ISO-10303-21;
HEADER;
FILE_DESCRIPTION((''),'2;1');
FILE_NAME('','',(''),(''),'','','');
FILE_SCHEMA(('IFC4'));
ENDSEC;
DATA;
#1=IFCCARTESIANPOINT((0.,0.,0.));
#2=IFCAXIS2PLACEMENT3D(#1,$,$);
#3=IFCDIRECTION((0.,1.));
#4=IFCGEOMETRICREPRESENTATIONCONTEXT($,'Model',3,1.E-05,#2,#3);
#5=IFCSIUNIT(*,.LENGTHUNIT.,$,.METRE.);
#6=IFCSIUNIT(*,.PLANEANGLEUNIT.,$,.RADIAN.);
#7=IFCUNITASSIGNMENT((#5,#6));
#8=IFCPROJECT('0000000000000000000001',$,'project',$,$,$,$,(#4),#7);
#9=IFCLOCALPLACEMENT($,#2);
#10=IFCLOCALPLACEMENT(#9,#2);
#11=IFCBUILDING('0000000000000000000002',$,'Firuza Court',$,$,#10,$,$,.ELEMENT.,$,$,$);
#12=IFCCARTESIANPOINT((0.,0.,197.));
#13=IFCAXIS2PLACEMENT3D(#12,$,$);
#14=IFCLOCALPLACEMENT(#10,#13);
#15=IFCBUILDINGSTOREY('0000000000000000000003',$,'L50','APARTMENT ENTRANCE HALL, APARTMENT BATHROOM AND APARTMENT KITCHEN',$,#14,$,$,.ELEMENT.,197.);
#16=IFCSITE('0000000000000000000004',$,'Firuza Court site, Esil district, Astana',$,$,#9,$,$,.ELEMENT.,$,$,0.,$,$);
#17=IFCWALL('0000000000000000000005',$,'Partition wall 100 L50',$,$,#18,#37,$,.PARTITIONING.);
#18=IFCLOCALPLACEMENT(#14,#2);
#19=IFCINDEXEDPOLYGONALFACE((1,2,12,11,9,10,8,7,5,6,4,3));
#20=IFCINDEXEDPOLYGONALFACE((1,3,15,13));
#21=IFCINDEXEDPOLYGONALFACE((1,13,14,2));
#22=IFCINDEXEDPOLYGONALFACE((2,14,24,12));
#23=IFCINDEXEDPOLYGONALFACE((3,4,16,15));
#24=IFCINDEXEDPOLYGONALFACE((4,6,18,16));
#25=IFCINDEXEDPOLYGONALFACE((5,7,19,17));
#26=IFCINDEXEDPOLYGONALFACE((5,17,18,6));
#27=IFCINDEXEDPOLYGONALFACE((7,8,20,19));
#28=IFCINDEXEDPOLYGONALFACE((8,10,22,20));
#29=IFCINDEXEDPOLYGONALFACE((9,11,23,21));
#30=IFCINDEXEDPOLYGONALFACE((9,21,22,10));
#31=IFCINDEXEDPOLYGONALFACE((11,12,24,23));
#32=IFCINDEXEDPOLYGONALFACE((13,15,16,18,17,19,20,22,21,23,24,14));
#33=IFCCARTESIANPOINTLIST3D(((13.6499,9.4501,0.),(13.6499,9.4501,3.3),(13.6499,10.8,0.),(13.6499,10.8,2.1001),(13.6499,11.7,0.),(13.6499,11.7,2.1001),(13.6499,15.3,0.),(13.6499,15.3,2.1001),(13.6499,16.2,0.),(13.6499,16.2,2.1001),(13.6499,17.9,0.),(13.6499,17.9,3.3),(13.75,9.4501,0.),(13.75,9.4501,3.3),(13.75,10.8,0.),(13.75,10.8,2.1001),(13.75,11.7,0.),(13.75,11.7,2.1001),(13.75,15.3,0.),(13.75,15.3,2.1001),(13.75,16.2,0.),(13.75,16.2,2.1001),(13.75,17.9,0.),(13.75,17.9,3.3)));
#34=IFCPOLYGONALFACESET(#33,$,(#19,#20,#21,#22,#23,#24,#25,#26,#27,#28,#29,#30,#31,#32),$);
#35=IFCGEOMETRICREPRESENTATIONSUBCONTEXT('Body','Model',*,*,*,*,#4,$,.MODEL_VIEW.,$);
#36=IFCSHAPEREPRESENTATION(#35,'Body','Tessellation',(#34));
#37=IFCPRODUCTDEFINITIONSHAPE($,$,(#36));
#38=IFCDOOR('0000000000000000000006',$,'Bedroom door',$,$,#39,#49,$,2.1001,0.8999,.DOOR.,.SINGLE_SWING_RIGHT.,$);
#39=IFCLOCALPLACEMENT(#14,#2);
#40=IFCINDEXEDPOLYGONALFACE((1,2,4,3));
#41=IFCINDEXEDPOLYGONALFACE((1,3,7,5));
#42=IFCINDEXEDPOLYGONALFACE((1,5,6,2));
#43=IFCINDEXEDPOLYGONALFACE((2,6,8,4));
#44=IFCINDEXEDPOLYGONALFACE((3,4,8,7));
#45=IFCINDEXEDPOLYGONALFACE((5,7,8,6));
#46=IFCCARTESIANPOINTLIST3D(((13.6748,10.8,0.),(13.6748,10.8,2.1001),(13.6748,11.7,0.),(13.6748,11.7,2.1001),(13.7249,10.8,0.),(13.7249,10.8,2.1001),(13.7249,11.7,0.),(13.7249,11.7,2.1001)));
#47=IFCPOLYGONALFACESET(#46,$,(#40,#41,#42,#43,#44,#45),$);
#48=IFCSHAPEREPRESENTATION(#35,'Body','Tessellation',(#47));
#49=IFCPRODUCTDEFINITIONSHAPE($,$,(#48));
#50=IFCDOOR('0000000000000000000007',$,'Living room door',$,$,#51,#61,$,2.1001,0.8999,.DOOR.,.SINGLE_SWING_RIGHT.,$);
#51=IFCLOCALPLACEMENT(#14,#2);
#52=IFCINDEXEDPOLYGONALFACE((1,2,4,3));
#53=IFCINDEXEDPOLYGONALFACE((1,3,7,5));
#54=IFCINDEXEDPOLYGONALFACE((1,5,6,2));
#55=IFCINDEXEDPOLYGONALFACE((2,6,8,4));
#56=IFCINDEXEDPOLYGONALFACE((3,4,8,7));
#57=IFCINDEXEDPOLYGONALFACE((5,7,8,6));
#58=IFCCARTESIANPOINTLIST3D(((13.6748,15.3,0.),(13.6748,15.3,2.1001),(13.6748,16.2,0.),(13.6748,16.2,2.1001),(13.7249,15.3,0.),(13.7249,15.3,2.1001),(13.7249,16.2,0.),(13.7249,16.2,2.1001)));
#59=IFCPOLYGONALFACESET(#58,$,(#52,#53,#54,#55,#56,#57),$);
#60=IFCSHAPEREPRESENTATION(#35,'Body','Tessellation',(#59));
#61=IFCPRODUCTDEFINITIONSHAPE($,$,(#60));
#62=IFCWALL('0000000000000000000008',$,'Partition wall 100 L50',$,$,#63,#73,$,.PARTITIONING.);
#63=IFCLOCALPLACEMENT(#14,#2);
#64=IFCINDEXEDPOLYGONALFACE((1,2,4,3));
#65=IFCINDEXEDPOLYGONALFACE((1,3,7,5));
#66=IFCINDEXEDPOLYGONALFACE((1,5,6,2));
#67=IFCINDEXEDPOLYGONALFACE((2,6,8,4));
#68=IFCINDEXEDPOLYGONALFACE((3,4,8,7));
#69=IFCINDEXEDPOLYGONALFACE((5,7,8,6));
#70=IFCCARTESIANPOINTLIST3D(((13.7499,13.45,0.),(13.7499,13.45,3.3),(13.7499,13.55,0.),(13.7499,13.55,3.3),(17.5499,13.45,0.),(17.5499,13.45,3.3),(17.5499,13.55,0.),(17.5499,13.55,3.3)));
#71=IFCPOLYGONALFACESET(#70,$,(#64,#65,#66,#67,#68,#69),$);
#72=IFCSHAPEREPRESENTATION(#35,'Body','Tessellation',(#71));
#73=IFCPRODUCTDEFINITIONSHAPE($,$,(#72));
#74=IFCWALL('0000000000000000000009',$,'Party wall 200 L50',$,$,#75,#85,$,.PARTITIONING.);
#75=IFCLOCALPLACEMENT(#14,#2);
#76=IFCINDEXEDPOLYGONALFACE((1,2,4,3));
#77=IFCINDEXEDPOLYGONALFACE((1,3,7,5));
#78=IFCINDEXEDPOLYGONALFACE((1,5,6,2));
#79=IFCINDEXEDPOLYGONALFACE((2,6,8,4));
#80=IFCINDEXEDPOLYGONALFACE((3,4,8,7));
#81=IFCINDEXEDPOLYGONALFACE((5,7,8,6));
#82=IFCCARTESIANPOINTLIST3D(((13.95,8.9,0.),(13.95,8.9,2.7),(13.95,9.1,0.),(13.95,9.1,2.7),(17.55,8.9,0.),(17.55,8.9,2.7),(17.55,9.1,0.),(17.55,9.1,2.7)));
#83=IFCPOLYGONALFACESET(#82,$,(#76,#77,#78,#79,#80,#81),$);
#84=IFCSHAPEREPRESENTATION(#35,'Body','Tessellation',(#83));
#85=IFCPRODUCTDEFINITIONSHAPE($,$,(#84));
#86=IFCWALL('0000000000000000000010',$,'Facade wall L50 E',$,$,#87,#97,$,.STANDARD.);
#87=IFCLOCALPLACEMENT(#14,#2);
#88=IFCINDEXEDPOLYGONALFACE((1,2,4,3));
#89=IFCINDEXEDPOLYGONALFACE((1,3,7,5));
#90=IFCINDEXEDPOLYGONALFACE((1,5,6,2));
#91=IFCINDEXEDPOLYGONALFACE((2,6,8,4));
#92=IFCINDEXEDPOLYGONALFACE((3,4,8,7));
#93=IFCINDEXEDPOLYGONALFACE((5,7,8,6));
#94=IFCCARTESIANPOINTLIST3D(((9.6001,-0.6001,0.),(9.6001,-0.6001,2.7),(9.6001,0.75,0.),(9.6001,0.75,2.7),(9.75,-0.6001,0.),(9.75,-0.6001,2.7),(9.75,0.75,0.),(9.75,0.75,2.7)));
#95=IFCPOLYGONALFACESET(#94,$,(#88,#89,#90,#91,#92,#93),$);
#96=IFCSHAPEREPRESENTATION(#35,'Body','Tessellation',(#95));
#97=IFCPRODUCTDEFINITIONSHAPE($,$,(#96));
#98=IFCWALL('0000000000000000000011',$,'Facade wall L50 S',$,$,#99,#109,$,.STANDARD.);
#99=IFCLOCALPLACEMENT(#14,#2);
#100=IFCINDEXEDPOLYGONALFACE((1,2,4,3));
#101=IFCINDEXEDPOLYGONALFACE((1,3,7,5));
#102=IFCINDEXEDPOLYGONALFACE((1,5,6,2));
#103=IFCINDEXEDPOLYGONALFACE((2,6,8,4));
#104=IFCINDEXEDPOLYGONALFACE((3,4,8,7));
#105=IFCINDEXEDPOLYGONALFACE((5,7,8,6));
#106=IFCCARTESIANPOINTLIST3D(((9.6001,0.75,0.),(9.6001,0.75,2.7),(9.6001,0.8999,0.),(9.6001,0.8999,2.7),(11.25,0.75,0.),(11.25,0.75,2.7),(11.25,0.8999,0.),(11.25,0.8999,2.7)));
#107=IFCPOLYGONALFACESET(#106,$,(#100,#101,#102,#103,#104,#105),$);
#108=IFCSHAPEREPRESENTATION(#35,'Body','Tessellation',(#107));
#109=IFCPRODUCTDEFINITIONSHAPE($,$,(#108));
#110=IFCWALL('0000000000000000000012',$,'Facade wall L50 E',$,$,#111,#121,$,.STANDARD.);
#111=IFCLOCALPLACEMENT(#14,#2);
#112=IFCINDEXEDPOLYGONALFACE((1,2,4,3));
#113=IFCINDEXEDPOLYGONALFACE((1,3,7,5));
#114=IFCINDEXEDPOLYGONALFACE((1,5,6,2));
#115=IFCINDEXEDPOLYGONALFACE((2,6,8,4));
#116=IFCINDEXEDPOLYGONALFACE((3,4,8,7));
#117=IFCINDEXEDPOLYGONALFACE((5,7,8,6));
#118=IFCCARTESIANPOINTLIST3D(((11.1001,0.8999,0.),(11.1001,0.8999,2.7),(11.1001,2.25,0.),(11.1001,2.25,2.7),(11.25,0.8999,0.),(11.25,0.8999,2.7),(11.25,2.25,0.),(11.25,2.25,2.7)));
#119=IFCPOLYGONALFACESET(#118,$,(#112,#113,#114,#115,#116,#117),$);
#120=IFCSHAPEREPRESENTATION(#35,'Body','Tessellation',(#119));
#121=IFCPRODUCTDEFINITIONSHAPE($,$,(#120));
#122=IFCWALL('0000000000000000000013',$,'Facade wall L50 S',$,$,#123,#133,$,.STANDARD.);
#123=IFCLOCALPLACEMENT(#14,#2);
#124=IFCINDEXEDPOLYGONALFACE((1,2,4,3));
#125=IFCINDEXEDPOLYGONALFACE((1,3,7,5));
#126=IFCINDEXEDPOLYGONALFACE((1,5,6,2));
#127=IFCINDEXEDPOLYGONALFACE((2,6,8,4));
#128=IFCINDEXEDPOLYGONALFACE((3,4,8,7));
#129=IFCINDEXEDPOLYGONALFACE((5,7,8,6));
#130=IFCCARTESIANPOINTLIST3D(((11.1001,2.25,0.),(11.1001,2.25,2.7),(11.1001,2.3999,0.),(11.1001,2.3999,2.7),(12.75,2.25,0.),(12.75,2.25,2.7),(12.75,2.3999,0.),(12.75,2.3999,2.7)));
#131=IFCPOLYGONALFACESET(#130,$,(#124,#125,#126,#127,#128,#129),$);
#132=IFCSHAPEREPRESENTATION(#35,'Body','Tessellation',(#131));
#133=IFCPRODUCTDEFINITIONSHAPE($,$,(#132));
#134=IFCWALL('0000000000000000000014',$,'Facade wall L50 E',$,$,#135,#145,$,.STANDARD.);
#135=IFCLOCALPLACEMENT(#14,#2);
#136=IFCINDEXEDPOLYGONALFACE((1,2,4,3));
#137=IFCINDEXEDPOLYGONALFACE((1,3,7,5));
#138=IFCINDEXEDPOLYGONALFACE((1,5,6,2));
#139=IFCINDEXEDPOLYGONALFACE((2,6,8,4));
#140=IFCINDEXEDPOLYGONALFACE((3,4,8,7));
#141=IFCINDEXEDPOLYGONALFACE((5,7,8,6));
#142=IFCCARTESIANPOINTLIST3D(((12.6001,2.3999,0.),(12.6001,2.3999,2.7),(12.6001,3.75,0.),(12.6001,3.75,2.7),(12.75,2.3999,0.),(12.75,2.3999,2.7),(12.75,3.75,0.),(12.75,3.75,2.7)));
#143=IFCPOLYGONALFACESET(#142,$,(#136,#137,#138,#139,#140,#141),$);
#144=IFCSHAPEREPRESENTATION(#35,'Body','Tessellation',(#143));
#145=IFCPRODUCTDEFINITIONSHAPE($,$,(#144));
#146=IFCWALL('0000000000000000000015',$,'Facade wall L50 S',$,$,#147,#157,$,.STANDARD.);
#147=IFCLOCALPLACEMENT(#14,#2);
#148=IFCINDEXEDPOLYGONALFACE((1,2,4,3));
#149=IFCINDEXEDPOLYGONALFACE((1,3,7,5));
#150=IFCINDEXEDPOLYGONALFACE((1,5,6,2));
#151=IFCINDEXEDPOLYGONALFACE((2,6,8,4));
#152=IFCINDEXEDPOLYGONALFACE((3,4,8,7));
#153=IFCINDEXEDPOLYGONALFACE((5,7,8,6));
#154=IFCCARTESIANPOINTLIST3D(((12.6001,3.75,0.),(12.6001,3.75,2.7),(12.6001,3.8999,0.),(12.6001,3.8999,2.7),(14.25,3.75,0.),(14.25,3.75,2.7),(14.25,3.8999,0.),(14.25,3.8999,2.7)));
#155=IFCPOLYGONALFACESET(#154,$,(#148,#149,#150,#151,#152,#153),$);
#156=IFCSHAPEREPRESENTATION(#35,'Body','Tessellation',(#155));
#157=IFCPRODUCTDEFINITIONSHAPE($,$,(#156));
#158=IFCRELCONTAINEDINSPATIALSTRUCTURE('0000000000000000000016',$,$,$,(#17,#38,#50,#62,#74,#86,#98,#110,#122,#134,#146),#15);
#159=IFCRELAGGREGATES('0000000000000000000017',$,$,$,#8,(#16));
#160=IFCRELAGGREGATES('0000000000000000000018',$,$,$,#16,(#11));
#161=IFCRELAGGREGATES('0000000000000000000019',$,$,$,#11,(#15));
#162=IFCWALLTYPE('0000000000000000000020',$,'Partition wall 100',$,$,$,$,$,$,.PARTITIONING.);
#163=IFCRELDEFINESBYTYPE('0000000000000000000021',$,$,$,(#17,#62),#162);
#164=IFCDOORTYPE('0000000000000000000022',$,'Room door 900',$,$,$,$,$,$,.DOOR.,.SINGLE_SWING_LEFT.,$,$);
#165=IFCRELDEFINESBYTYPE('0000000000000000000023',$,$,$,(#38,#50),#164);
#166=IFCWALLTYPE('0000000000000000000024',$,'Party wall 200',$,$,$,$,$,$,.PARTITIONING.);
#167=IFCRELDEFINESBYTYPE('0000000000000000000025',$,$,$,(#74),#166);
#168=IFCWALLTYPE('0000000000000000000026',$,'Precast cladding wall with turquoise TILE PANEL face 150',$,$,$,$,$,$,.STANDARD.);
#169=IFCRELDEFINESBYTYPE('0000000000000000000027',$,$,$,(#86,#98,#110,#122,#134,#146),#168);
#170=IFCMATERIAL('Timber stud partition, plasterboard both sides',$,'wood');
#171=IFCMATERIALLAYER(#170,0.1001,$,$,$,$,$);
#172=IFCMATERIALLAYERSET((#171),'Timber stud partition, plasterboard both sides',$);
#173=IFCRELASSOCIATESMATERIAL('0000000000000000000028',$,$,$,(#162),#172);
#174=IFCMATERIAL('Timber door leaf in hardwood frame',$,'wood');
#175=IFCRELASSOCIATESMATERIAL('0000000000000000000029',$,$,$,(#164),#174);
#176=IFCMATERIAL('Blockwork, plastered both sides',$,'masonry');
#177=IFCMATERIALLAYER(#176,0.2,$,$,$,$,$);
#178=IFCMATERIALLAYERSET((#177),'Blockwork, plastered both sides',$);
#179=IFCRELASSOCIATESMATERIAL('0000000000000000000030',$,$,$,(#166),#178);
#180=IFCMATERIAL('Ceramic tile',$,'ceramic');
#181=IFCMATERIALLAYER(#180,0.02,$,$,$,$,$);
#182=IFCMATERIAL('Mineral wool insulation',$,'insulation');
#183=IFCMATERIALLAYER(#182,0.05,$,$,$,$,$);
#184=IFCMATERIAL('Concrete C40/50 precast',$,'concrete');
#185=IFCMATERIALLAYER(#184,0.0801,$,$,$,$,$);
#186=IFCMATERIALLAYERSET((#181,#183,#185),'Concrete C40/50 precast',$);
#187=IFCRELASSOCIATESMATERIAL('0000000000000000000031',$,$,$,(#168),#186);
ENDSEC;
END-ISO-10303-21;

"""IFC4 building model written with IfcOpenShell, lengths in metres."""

from ifc_helpers import new_model, si_unit, direction, frame, frame_2d, origin, place, context, subcontext, project, spatial, rectangle, extrude, material, layer, layer_set, type_object, element, fill, save


model = new_model("IFC4")

# Units and contexts
model_context = context("Model", 3, precision=1e-05, world=origin(), true_north=direction((0.0, 1.0)))
body_context = subcontext(model_context, "Body", "Model", "MODEL_VIEW")
ifc_project = project(units=[si_unit("LENGTHUNIT", "METRE"), si_unit("PLANEANGLEUNIT", "RADIAN")], contexts=[model_context])

# Site, building, storey
site_placement = place(None, origin())
site = spatial("IfcSite", under=ifc_project, at=site_placement, Name="Firuza Court site, Esil district, Astana", CompositionType="ELEMENT", RefElevation=0.0)
building_placement = place(site_placement, origin())
building = spatial("IfcBuilding", under=site, at=building_placement, Name="Firuza Court", CompositionType="ELEMENT")
storey_placement = place(building_placement, frame((0.0, 0.0, 197.0)))
storey = spatial("IfcBuildingStorey", under=building, at=storey_placement, Name="L50", Description="APARTMENT ENTRANCE HALL, APARTMENT BATHROOM AND APARTMENT KITCHEN", CompositionType="ELEMENT", Elevation=197.0)

# Shared definitions
ifc_material_1 = material(Name="Timber stud partition, plasterboard both sides", Category="wood")
ifc_layer_1 = layer(ifc_material_1, 0.1001)
ifc_layer_set_1 = layer_set([ifc_layer_1], Name="Timber stud partition, plasterboard both sides")
wall_type_1 = type_object("IfcWallType", Name="Partition wall 100", PredefinedType="PARTITIONING", material=ifc_layer_set_1)

# Wall, openings, doors
ifc_material_2 = material(Name="Timber door leaf in hardwood frame", Category="wood")
door_type_1 = type_object("IfcDoorType", Name="Room door 900", OperationType="SINGLE_SWING_LEFT", PredefinedType="DOOR", material=ifc_material_2)
wall_1_placement = place(storey_placement, frame((13.7, 9.45, 0.0), z_axis=(0.0, 0.0, 1.0), x_axis=(0.0, 1.0, 0.0)))
wall_1 = element("IfcWall", 1, at=wall_1_placement, inside=storey, type_object=wall_type_1, Name="Partition wall 100 L50", PredefinedType="PARTITIONING", context=body_context, shape_type="SweptSolid", body=[
    extrude(rectangle(XDim=8.45, YDim=0.1001, at=frame_2d((4.2251, 0.0))), origin(), (0.0, 0.0, 1.0), 3.3),
])
opening_1_placement = place(wall_1_placement, frame((1.3501, 0.0, 0.0)))
opening_1 = element("IfcOpeningElement", 2, at=opening_1_placement, cuts=wall_1, PredefinedType="OPENING", context=body_context, shape_type="SweptSolid", body=[
    extrude(rectangle(XDim=0.8999, YDim=2.1001, at=frame_2d((0.45, 1.05))), frame((0.0, 0.062, 0.0), z_axis=(0.0, -1.0, 0.0), x_axis=(1.0, 0.0, 0.0)), (0.0, 0.0, 1.0), 0.124),
])
opening_2_placement = place(wall_1_placement, frame((5.8501, 0.0, 0.0)))
opening_2 = element("IfcOpeningElement", 3, at=opening_2_placement, cuts=wall_1, PredefinedType="OPENING", context=body_context, shape_type="SweptSolid", body=[
    extrude(rectangle(XDim=0.8999, YDim=2.1001, at=frame_2d((0.45, 1.05))), frame((0.0, 0.062, 0.0), z_axis=(0.0, -1.0, 0.0), x_axis=(1.0, 0.0, 0.0)), (0.0, 0.0, 1.0), 0.124),
])
door_1_placement = place(opening_1_placement, frame((0.8999, 0.0, 0.0), z_axis=(0.0, 0.0, 1.0), x_axis=(-1.0, 0.0, 0.0)))
door_1 = element("IfcDoor", 4, at=door_1_placement, inside=storey, type_object=door_type_1, Name="Bedroom door", OperationType="SINGLE_SWING_RIGHT", OverallHeight=2.1001, OverallWidth=0.8999, PredefinedType="DOOR", context=body_context, shape_type="SweptSolid", body=[
    extrude(rectangle(XDim=0.8999, YDim=2.1001, at=frame_2d((0.45, 1.05))), frame((0.0, 0.0249, 0.0), z_axis=(0.0, -1.0, 0.0), x_axis=(1.0, 0.0, 0.0)), (0.0, 0.0, 1.0), 0.05),
])
fill(opening_1, door_1)
door_2_placement = place(opening_2_placement, frame((0.8999, 0.0, 0.0), z_axis=(0.0, 0.0, 1.0), x_axis=(-1.0, 0.0, 0.0)))
door_2 = element("IfcDoor", 5, at=door_2_placement, inside=storey, type_object=door_type_1, Name="Living room door", OperationType="SINGLE_SWING_RIGHT", OverallHeight=2.1001, OverallWidth=0.8999, PredefinedType="DOOR", context=body_context, shape_type="SweptSolid", body=[
    extrude(rectangle(XDim=0.8999, YDim=2.1001, at=frame_2d((0.45, 1.05))), frame((0.0, 0.0249, 0.0), z_axis=(0.0, -1.0, 0.0), x_axis=(1.0, 0.0, 0.0)), (0.0, 0.0, 1.0), 0.05),
])
fill(opening_2, door_2)

# Walls
wall_2_placement = place(storey_placement, frame((13.75, 13.5, 0.0), z_axis=(0.0, 0.0, 1.0), x_axis=(1.0, 0.0, 0.0)))
element("IfcWall", 6, at=wall_2_placement, inside=storey, type_object=wall_type_1, Name="Partition wall 100 L50", PredefinedType="PARTITIONING", context=body_context, shape_type="SweptSolid", body=[
    extrude(rectangle(XDim=3.8, YDim=0.1001, at=frame_2d((1.8999, 0.0))), origin(), (0.0, 0.0, 1.0), 3.3),
])
ifc_material_3 = material(Name="Blockwork, plastered both sides", Category="masonry")
ifc_layer_2 = layer(ifc_material_3, 0.2)
ifc_layer_set_2 = layer_set([ifc_layer_2], Name="Blockwork, plastered both sides")
wall_type_2 = type_object("IfcWallType", Name="Party wall 200", PredefinedType="PARTITIONING", material=ifc_layer_set_2)
wall_3_placement = place(storey_placement, frame((13.95, 9.0, 0.0), z_axis=(0.0, 0.0, 1.0), x_axis=(1.0, 0.0, 0.0)))
element("IfcWall", 7, at=wall_3_placement, inside=storey, type_object=wall_type_2, Name="Party wall 200 L50", PredefinedType="PARTITIONING", context=body_context, shape_type="SweptSolid", body=[
    extrude(rectangle(XDim=3.6001, YDim=0.2, at=frame_2d((1.8, 0.0))), origin(), (0.0, 0.0, 1.0), 2.7),
])
ifc_material_4 = material(Name="Ceramic tile", Category="ceramic")
ifc_layer_3 = layer(ifc_material_4, 0.02)
ifc_material_5 = material(Name="Mineral wool insulation", Category="insulation")
ifc_layer_4 = layer(ifc_material_5, 0.05)
ifc_material_6 = material(Name="Concrete C40/50 precast", Category="concrete")
ifc_layer_5 = layer(ifc_material_6, 0.0801)
ifc_layer_set_3 = layer_set([ifc_layer_3, ifc_layer_4, ifc_layer_5], Name="Concrete C40/50 precast")
wall_type_3 = type_object("IfcWallType", Name="Precast cladding wall with turquoise TILE PANEL face 150", PredefinedType="STANDARD", material=ifc_layer_set_3)
wall_4_placement = place(storey_placement, frame((9.675, -0.6001, 0.0), z_axis=(0.0, 0.0, 1.0), x_axis=(0.0, 1.0, 0.0)))
element("IfcWall", 8, at=wall_4_placement, inside=storey, type_object=wall_type_3, Name="Facade wall L50 E", PredefinedType="STANDARD", context=body_context, shape_type="SweptSolid", body=[
    extrude(rectangle(XDim=1.3501, YDim=0.1499, at=frame_2d((0.675, 0.0))), origin(), (0.0, 0.0, 1.0), 2.7),
])
wall_5_placement = place(storey_placement, frame((9.6001, 0.825, 0.0), z_axis=(0.0, 0.0, 1.0), x_axis=(1.0, 0.0, 0.0)))
element("IfcWall", 9, at=wall_5_placement, inside=storey, type_object=wall_type_3, Name="Facade wall L50 S", PredefinedType="STANDARD", context=body_context, shape_type="SweptSolid", body=[
    extrude(rectangle(XDim=1.6499, YDim=0.1499, at=frame_2d((0.825, 0.0))), origin(), (0.0, 0.0, 1.0), 2.7),
])
wall_6_placement = place(storey_placement, frame((11.175, 0.8999, 0.0), z_axis=(0.0, 0.0, 1.0), x_axis=(0.0, 1.0, 0.0)))
element("IfcWall", 10, at=wall_6_placement, inside=storey, type_object=wall_type_3, Name="Facade wall L50 E", PredefinedType="STANDARD", context=body_context, shape_type="SweptSolid", body=[
    extrude(rectangle(XDim=1.3501, YDim=0.1499, at=frame_2d((0.675, 0.0))), origin(), (0.0, 0.0, 1.0), 2.7),
])
wall_7_placement = place(storey_placement, frame((11.1001, 2.325, 0.0), z_axis=(0.0, 0.0, 1.0), x_axis=(1.0, 0.0, 0.0)))
element("IfcWall", 11, at=wall_7_placement, inside=storey, type_object=wall_type_3, Name="Facade wall L50 S", PredefinedType="STANDARD", context=body_context, shape_type="SweptSolid", body=[
    extrude(rectangle(XDim=1.6499, YDim=0.1499, at=frame_2d((0.825, 0.0))), origin(), (0.0, 0.0, 1.0), 2.7),
])
wall_8_placement = place(storey_placement, frame((12.675, 2.3999, 0.0), z_axis=(0.0, 0.0, 1.0), x_axis=(0.0, 1.0, 0.0)))
element("IfcWall", 12, at=wall_8_placement, inside=storey, type_object=wall_type_3, Name="Facade wall L50 E", PredefinedType="STANDARD", context=body_context, shape_type="SweptSolid", body=[
    extrude(rectangle(XDim=1.3501, YDim=0.1499, at=frame_2d((0.675, 0.0))), origin(), (0.0, 0.0, 1.0), 2.7),
])
wall_9_placement = place(storey_placement, frame((12.6001, 3.825, 0.0), z_axis=(0.0, 0.0, 1.0), x_axis=(1.0, 0.0, 0.0)))
element("IfcWall", 13, at=wall_9_placement, inside=storey, type_object=wall_type_3, Name="Facade wall L50 S", PredefinedType="STANDARD", context=body_context, shape_type="SweptSolid", body=[
    extrude(rectangle(XDim=1.6499, YDim=0.1499, at=frame_2d((0.825, 0.0))), origin(), (0.0, 0.0, 1.0), 2.7),
])

save(model, "model.ifc")
